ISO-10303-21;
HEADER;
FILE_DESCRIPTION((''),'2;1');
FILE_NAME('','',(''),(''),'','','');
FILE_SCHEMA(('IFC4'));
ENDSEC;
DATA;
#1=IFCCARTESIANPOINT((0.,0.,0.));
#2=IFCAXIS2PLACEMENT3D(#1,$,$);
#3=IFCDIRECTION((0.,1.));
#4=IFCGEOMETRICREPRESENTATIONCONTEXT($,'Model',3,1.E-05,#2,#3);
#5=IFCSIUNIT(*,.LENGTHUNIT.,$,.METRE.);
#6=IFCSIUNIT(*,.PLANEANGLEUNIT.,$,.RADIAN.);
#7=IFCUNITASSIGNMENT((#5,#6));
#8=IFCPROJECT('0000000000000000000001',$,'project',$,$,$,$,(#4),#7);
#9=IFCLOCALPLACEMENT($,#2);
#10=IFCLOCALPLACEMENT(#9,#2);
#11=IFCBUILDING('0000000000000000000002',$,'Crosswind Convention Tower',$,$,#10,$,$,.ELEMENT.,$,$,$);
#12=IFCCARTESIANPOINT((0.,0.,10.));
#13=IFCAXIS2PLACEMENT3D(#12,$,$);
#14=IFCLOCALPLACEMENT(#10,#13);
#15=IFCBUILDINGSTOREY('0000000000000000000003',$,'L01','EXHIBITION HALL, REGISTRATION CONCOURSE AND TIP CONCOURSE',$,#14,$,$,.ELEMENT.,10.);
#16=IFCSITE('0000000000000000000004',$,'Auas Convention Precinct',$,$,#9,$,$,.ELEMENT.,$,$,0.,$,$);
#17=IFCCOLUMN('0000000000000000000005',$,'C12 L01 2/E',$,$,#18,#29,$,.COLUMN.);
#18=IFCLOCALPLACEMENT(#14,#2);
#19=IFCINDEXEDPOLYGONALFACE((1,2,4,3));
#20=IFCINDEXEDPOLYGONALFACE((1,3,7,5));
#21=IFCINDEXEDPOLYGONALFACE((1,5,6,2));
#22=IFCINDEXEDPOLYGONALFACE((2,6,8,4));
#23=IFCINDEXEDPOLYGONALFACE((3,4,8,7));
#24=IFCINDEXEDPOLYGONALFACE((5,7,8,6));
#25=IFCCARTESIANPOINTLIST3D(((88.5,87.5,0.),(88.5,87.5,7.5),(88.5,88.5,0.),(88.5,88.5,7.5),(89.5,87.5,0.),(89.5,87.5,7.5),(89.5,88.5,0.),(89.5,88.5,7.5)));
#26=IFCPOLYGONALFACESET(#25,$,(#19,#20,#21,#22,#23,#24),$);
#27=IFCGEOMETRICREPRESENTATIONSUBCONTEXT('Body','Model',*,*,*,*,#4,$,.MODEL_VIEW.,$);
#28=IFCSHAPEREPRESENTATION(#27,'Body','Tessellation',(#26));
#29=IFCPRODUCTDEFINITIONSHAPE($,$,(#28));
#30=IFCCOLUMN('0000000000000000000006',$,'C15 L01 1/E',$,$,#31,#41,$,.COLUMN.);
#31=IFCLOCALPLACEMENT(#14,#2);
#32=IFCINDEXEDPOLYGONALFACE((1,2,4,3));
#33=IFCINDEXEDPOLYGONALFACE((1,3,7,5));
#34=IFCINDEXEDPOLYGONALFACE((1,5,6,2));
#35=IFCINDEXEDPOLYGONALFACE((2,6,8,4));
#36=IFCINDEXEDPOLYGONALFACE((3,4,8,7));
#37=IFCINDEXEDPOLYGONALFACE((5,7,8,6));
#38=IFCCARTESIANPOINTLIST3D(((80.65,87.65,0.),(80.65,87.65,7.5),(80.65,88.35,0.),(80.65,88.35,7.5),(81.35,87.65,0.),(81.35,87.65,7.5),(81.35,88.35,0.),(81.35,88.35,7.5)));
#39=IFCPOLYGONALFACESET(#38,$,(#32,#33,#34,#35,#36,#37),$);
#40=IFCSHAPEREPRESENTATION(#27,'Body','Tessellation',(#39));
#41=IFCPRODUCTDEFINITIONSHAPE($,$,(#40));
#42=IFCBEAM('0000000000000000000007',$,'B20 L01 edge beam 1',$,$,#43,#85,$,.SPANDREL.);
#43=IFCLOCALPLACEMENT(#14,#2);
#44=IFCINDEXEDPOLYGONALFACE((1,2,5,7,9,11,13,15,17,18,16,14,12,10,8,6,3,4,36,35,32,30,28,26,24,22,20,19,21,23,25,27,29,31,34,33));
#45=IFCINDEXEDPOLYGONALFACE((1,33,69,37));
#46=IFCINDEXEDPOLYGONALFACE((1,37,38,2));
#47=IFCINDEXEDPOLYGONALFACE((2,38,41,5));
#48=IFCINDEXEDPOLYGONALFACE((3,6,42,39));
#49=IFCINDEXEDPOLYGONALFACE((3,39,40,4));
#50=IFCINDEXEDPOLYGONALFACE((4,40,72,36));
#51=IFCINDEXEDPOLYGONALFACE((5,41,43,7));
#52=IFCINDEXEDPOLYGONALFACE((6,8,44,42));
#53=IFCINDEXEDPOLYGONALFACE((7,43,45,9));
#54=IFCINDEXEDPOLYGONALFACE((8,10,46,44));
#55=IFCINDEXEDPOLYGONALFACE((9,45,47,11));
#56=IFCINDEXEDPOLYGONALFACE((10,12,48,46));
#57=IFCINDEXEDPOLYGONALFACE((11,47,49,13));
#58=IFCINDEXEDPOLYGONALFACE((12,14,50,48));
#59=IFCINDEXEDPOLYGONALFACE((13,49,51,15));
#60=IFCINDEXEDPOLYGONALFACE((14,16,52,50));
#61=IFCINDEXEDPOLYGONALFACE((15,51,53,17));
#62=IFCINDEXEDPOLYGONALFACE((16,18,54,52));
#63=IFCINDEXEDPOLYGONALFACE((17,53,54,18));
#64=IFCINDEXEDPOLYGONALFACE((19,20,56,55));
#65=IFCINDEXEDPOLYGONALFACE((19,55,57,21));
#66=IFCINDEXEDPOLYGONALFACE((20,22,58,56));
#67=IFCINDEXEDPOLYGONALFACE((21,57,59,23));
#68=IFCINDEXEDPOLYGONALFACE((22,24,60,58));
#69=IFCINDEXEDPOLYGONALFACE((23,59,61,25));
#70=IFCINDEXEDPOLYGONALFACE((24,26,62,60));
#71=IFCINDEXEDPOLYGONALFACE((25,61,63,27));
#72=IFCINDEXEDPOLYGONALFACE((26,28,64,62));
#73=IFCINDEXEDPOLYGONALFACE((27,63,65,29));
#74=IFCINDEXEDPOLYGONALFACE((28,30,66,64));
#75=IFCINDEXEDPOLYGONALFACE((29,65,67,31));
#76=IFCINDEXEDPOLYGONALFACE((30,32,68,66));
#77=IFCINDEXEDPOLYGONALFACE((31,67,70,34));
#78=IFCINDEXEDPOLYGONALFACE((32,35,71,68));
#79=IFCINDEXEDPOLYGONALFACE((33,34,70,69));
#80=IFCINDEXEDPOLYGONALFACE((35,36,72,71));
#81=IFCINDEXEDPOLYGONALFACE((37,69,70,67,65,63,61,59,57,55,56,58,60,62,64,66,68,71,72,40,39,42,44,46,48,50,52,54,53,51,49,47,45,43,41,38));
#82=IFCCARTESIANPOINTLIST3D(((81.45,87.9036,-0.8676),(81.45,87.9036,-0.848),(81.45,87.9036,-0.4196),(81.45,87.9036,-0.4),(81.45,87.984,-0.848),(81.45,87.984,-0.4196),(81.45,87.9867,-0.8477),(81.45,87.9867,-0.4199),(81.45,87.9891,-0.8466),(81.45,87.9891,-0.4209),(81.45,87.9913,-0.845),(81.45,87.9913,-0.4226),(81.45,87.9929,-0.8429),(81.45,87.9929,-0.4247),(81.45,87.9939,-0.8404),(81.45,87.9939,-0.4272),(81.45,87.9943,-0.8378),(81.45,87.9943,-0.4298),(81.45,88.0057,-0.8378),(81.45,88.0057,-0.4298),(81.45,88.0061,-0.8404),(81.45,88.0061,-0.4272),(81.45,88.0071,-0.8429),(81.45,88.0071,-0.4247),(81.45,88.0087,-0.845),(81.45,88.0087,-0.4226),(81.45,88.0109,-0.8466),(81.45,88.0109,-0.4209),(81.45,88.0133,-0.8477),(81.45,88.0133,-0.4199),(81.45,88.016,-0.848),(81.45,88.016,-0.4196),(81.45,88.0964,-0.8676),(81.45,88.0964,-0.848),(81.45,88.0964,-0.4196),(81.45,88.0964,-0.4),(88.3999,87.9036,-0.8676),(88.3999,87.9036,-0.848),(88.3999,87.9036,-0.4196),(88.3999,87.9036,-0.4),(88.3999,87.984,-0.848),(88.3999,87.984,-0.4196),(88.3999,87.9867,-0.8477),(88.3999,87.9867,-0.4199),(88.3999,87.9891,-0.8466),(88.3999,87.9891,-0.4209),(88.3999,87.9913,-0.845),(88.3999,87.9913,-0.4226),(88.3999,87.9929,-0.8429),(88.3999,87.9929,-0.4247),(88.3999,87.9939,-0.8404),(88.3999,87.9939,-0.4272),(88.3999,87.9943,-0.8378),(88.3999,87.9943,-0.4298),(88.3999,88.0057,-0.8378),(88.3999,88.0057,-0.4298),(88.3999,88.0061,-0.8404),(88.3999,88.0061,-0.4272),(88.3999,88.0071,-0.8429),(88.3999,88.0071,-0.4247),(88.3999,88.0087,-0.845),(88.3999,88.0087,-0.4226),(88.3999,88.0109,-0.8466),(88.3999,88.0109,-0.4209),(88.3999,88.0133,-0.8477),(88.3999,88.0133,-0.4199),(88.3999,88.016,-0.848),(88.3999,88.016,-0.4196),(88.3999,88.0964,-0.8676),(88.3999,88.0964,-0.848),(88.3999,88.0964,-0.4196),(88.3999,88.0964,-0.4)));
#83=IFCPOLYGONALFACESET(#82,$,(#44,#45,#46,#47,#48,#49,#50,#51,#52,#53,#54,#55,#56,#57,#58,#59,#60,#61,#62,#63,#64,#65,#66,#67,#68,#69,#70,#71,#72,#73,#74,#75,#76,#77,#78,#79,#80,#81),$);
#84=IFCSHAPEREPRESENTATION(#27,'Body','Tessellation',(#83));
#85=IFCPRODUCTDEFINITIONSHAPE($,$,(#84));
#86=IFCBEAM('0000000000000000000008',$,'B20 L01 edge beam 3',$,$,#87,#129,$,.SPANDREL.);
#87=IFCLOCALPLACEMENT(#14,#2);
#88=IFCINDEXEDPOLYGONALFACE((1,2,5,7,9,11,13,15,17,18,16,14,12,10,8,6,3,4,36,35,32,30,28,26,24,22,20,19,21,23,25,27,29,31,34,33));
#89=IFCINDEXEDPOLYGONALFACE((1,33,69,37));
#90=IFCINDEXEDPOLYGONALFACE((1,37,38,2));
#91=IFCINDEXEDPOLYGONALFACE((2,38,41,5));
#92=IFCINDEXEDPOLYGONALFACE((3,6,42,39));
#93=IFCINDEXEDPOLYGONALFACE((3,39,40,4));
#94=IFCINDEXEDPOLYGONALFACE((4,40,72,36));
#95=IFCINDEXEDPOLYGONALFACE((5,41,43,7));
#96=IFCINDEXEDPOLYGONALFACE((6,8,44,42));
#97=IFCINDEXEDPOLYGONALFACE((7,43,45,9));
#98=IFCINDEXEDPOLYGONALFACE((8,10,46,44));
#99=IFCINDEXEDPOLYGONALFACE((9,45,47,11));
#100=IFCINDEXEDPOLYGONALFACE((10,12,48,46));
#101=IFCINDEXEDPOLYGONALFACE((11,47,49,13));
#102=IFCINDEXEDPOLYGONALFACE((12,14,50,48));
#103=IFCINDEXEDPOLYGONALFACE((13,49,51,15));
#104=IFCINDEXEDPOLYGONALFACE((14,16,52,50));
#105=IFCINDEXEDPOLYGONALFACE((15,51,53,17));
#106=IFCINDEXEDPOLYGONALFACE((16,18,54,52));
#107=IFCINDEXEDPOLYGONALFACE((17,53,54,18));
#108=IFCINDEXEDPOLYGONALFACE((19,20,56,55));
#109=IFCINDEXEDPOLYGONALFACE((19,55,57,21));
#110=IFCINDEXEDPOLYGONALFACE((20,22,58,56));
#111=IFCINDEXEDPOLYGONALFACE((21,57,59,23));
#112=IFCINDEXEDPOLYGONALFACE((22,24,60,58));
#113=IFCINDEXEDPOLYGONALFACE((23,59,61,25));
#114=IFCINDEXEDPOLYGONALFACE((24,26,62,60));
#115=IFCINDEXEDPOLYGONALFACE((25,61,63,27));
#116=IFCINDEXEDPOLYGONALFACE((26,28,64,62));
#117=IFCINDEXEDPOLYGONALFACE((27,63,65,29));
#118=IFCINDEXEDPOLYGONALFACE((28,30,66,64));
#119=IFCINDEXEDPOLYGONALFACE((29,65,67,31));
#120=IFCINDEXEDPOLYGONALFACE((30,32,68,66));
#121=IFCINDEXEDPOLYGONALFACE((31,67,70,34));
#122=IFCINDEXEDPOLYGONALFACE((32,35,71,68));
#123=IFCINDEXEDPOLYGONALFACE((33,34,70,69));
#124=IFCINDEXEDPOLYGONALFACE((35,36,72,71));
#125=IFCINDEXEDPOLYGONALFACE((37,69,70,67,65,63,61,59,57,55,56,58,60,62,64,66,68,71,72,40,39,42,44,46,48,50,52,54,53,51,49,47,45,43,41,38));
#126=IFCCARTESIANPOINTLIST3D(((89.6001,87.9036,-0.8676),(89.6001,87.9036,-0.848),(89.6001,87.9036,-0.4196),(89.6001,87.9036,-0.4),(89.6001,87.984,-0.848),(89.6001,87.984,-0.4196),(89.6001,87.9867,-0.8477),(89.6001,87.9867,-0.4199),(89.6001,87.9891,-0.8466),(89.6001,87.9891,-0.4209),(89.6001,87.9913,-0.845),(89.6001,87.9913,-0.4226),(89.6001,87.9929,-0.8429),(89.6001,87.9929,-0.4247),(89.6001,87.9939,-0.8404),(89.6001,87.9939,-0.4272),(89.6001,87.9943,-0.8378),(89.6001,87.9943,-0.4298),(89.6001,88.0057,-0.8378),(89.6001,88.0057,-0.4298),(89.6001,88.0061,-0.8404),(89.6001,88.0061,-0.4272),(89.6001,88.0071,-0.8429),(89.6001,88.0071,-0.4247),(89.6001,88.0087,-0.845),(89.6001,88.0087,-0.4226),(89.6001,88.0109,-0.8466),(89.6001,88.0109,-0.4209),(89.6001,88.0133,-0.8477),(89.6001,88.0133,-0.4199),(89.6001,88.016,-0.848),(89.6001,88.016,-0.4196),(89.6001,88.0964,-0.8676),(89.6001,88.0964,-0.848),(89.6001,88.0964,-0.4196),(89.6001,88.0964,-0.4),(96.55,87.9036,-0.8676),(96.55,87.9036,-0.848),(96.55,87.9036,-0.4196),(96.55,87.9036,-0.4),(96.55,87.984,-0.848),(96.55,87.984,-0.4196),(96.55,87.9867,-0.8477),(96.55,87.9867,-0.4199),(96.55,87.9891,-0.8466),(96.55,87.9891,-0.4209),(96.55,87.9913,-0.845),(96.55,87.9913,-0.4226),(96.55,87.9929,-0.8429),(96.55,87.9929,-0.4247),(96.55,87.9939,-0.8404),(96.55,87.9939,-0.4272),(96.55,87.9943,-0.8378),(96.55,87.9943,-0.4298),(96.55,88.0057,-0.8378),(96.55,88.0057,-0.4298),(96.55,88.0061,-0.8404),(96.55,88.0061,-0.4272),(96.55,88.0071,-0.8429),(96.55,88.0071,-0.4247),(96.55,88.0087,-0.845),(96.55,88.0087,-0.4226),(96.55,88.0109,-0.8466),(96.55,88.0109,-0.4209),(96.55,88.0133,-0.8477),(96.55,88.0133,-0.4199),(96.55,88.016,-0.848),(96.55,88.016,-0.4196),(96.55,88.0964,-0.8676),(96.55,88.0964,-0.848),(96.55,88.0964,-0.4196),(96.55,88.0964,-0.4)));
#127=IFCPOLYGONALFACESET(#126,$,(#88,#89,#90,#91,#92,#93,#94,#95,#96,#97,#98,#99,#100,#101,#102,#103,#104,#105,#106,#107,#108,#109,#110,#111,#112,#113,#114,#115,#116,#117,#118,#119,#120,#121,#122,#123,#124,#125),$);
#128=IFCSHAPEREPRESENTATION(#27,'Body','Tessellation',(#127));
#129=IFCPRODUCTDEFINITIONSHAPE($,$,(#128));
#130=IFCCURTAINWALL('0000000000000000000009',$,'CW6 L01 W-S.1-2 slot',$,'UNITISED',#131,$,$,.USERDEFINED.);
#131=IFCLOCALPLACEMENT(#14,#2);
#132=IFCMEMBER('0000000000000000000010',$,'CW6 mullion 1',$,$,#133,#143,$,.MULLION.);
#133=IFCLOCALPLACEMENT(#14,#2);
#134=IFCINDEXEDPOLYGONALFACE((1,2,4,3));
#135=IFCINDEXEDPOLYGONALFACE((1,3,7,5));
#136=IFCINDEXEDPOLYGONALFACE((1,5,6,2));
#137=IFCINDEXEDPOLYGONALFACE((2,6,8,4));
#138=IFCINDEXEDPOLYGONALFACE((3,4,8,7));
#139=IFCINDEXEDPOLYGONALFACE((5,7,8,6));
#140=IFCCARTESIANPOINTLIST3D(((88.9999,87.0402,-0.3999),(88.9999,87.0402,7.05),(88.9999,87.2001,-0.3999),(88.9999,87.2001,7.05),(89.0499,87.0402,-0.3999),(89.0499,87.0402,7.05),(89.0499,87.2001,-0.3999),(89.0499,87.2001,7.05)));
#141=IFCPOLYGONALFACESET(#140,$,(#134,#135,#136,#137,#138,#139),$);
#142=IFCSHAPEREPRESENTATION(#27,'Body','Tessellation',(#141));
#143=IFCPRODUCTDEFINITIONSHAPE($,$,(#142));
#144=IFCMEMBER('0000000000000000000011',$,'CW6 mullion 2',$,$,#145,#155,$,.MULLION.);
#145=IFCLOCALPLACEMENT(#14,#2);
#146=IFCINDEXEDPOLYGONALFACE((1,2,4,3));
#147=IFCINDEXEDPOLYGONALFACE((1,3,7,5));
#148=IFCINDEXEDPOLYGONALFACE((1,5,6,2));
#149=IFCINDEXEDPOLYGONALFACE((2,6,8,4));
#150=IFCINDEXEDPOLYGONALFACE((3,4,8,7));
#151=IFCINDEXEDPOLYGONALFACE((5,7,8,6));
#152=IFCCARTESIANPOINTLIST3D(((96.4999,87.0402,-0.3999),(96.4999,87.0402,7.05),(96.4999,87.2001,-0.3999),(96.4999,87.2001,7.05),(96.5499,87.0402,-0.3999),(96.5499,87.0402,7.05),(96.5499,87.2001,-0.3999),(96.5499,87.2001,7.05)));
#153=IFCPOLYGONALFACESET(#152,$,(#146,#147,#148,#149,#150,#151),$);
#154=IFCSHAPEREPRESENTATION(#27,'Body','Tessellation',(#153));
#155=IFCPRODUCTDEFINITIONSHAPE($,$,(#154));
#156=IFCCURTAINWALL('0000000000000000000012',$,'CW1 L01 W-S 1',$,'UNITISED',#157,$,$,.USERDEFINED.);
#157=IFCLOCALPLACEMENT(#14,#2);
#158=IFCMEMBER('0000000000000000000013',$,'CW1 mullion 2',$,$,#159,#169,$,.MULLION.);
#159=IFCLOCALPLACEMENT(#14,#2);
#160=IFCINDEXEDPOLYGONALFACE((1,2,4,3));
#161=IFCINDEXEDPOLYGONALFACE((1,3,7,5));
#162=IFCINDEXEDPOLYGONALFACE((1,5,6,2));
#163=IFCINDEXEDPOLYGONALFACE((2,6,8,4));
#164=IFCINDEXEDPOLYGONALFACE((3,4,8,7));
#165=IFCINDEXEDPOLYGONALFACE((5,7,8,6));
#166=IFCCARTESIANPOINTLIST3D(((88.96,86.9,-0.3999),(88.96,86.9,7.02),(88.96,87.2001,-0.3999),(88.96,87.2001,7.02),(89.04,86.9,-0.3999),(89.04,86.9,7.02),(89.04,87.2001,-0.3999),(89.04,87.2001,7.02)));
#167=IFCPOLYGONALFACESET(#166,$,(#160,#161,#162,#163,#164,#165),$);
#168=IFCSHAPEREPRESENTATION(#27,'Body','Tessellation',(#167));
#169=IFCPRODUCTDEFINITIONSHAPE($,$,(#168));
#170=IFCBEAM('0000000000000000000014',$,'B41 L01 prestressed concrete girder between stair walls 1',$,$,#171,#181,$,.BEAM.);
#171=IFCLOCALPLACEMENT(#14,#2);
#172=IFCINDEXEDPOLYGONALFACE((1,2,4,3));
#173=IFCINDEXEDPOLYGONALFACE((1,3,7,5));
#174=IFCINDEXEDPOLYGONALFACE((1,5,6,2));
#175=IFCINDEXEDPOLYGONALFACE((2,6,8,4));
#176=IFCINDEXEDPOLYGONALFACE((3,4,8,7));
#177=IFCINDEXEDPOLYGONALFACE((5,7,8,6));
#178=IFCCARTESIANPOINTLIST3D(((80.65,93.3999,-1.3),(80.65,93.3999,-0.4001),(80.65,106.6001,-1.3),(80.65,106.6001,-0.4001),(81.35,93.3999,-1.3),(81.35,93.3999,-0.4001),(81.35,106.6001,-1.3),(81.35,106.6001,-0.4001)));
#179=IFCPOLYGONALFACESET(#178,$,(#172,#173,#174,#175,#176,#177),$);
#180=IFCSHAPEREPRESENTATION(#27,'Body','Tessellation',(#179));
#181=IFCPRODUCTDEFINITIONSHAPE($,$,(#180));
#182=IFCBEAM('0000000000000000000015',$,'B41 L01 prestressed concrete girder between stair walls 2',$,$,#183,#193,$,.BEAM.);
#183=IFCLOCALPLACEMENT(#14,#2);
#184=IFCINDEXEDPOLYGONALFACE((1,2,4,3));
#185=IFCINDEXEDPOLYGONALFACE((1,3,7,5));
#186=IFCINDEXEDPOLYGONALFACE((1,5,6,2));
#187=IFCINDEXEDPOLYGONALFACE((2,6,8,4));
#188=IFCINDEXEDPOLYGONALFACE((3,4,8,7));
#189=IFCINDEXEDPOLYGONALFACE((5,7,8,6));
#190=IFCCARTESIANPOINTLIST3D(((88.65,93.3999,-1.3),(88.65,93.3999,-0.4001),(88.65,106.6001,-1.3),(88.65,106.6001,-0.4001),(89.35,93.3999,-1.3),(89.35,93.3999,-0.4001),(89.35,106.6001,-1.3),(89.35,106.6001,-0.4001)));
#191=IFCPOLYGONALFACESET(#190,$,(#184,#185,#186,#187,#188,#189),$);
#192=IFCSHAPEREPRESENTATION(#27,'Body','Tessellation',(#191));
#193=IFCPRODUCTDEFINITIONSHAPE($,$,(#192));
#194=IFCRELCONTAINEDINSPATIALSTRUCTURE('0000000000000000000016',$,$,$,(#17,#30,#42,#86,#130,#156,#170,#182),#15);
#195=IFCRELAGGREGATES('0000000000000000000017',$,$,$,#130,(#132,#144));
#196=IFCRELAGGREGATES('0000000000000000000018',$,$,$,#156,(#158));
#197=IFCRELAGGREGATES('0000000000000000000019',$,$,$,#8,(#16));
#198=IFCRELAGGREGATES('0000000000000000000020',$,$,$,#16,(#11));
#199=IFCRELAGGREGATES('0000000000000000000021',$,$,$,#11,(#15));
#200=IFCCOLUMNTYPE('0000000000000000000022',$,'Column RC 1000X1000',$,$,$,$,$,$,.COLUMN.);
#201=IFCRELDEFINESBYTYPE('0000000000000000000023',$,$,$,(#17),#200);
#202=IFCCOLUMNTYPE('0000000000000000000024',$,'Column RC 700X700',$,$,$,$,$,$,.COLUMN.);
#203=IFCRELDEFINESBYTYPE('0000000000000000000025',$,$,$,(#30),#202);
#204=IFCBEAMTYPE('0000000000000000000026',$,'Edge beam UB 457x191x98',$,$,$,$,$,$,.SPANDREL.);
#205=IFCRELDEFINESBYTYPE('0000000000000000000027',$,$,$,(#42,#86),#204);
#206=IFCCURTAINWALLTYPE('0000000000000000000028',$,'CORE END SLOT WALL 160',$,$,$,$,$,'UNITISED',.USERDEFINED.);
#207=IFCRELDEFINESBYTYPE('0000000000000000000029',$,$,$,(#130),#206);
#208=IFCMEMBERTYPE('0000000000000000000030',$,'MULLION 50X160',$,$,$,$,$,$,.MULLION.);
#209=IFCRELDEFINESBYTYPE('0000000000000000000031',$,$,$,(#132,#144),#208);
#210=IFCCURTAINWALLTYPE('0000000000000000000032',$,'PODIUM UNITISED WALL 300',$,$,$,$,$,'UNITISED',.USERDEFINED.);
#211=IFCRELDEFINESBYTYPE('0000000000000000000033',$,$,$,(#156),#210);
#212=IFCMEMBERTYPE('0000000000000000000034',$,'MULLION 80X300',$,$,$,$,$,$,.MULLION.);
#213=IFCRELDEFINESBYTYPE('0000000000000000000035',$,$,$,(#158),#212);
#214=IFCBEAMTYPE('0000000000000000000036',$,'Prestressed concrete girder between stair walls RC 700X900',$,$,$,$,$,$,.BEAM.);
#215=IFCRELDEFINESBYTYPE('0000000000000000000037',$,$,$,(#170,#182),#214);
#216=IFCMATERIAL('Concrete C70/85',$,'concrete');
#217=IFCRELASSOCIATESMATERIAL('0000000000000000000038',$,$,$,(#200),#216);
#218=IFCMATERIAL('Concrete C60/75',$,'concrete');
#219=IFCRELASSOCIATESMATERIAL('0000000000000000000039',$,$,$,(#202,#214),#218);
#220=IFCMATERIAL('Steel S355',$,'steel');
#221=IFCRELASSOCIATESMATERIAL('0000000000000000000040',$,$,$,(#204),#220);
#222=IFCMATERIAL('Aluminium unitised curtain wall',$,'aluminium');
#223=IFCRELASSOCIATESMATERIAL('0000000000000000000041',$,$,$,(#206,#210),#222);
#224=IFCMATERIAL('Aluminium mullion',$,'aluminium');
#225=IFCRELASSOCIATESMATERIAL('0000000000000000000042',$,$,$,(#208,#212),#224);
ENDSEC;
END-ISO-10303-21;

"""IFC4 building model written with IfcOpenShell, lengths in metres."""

from ifc_helpers import new_model, si_unit, direction, frame, origin, origin_2d, place, context, subcontext, project, spatial, rectangle, i_section, extrude, material, material_profile, profile_set, type_object, element, aggregate, save


model = new_model("IFC4")

# Units and contexts
model_context = context("Model", 3, precision=1e-05, world=origin(), true_north=direction((0.0, 1.0)))
body_context = subcontext(model_context, "Body", "Model", "MODEL_VIEW")
ifc_project = project(units=[si_unit("LENGTHUNIT", "METRE"), si_unit("PLANEANGLEUNIT", "RADIAN")], contexts=[model_context])

# Site, building, storey
site_placement = place(None, origin())
site = spatial("IfcSite", under=ifc_project, at=site_placement, Name="Auas Convention Precinct", CompositionType="ELEMENT", RefElevation=0.0)
building_placement = place(site_placement, origin())
building = spatial("IfcBuilding", under=site, at=building_placement, Name="Crosswind Convention Tower", CompositionType="ELEMENT")
storey_placement = place(building_placement, frame((0.0, 0.0, 10.0)))
storey = spatial("IfcBuildingStorey", under=building, at=storey_placement, Name="L01", Description="EXHIBITION HALL, REGISTRATION CONCOURSE AND TIP CONCOURSE", CompositionType="ELEMENT", Elevation=10.0)

# Columns
ifc_material_1 = material(Name="Concrete C70/85", Category="concrete")
ifc_material_profile_1 = material_profile(ifc_material_1, rectangle(XDim=1.0, YDim=1.0, at=origin_2d()), Name="RC 1000X1000")
ifc_profile_set_1 = profile_set([ifc_material_profile_1], Name="Concrete C70/85")
column_type_1 = type_object("IfcColumnType", Name="Column RC 1000X1000", PredefinedType="COLUMN", material=ifc_profile_set_1)
column_1_placement = place(storey_placement, frame((89.0, 88.0, 0.0), z_axis=(0.0, 0.0, 1.0), x_axis=(1.0, 0.0, 0.0)))
element("IfcColumn", 1, at=column_1_placement, inside=storey, type_object=column_type_1, Name="C12 L01 2/E", PredefinedType="COLUMN", context=body_context, shape_type="SweptSolid", body=[
    extrude(rectangle(XDim=1.0, YDim=1.0, at=origin_2d()), origin(), (0.0, 0.0, 1.0), 7.5),
])
ifc_material_2 = material(Name="Concrete C60/75", Category="concrete")
ifc_material_profile_2 = material_profile(ifc_material_2, rectangle(XDim=0.7, YDim=0.7, at=origin_2d()), Name="RC 700X700")
ifc_profile_set_2 = profile_set([ifc_material_profile_2], Name="Concrete C60/75")
column_type_2 = type_object("IfcColumnType", Name="Column RC 700X700", PredefinedType="COLUMN", material=ifc_profile_set_2)
column_2_placement = place(storey_placement, frame((81.0, 88.0, 0.0), z_axis=(0.0, 0.0, 1.0), x_axis=(1.0, 0.0, 0.0)))
element("IfcColumn", 2, at=column_2_placement, inside=storey, type_object=column_type_2, Name="C15 L01 1/E", PredefinedType="COLUMN", context=body_context, shape_type="SweptSolid", body=[
    extrude(rectangle(XDim=0.7, YDim=0.7, at=origin_2d()), origin(), (0.0, 0.0, 1.0), 7.5),
])

# Beams
ifc_material_3 = material(Name="Steel S355", Category="steel")
ifc_material_profile_3 = material_profile(ifc_material_3, i_section(OverallWidth=0.1929, OverallDepth=0.4675, WebThickness=0.0115, FlangeThickness=0.0195, FilletRadius=0.0103, at=origin_2d()), Name="UB 457x191x98")
ifc_profile_set_3 = profile_set([ifc_material_profile_3], Name="Steel S355")
beam_type_1 = type_object("IfcBeamType", Name="Edge beam UB 457x191x98", PredefinedType="SPANDREL", material=ifc_profile_set_3)
for number, where, z_axis, x_axis, name in (
    (3, (81.45, 88.0, -0.6338), (1.0, 0.0, 0.0), (0.0, 1.0, 0.0), "B20 L01 edge beam 1"),
    (4, (89.6001, 88.0, -0.6338), (1.0, 0.0, 0.0), (0.0, 1.0, 0.0), "B20 L01 edge beam 3"),
):
    element("IfcBeam", number, at=place(storey_placement, frame(where, z_axis=z_axis, x_axis=x_axis)), inside=storey, type_object=beam_type_1, Name=name, PredefinedType="SPANDREL", context=body_context, shape_type="SweptSolid", body=[
        extrude(i_section(OverallWidth=0.1929, OverallDepth=0.4675, WebThickness=0.0115, FlangeThickness=0.0195, FilletRadius=0.0103, at=origin_2d()), origin(), (0.0, 0.0, 1.0), 6.95),
    ])

# Curtain wall, members
ifc_material_4 = material(Name="Aluminium unitised curtain wall", Category="aluminium")
curtain_wall_type_1 = type_object("IfcCurtainWallType", Name="CORE END SLOT WALL 160", ElementType="UNITISED", PredefinedType="USERDEFINED", material=ifc_material_4)
curtain_wall_1_placement = place(storey_placement, origin())
curtain_wall_1 = element("IfcCurtainWall", 5, at=curtain_wall_1_placement, inside=storey, type_object=curtain_wall_type_1, Name="CW6 L01 W-S.1-2 slot", ObjectType="UNITISED", PredefinedType="USERDEFINED")
ifc_material_5 = material(Name="Aluminium mullion", Category="aluminium")
ifc_material_profile_4 = material_profile(ifc_material_5, rectangle(XDim=0.1599, YDim=0.05, at=origin_2d()), Name="AL 160X50")
ifc_profile_set_4 = profile_set([ifc_material_profile_4], Name="Aluminium mullion")
member_type_1 = type_object("IfcMemberType", Name="MULLION 50X160", PredefinedType="MULLION", material=ifc_profile_set_4)
member_1_placement = place(storey_placement, frame((89.0249, 87.1201, -0.3999), z_axis=(0.0, 0.0, 1.0), x_axis=(0.0, -1.0, 0.0)))
member_1 = element("IfcMember", 6, at=member_1_placement, type_object=member_type_1, Name="CW6 mullion 1", PredefinedType="MULLION", context=body_context, shape_type="SweptSolid", body=[
    extrude(rectangle(XDim=0.1599, YDim=0.05, at=origin_2d()), origin(), (0.0, 0.0, 1.0), 7.45),
])
member_2_placement = place(storey_placement, frame((96.5249, 87.1201, -0.3999), z_axis=(0.0, 0.0, 1.0), x_axis=(0.0, -1.0, 0.0)))
member_2 = element("IfcMember", 7, at=member_2_placement, type_object=member_type_1, Name="CW6 mullion 2", PredefinedType="MULLION", context=body_context, shape_type="SweptSolid", body=[
    extrude(rectangle(XDim=0.1599, YDim=0.05, at=origin_2d()), origin(), (0.0, 0.0, 1.0), 7.45),
])

# Curtain wall, member
curtain_wall_type_2 = type_object("IfcCurtainWallType", Name="PODIUM UNITISED WALL 300", ElementType="UNITISED", PredefinedType="USERDEFINED", material=ifc_material_4)
curtain_wall_2_placement = place(storey_placement, origin())
curtain_wall_2 = element("IfcCurtainWall", 8, at=curtain_wall_2_placement, inside=storey, type_object=curtain_wall_type_2, Name="CW1 L01 W-S 1", ObjectType="UNITISED", PredefinedType="USERDEFINED")
ifc_material_profile_5 = material_profile(ifc_material_5, rectangle(XDim=0.3, YDim=0.0801, at=origin_2d()), Name="AL 300X80")
ifc_profile_set_5 = profile_set([ifc_material_profile_5], Name="Aluminium mullion")
member_type_2 = type_object("IfcMemberType", Name="MULLION 80X300", PredefinedType="MULLION", material=ifc_profile_set_5)
member_3_placement = place(storey_placement, frame((89.0, 87.05, -0.3999), z_axis=(0.0, 0.0, 1.0), x_axis=(0.0, -1.0, 0.0)))
member_3 = element("IfcMember", 9, at=member_3_placement, type_object=member_type_2, Name="CW1 mullion 2", PredefinedType="MULLION", context=body_context, shape_type="SweptSolid", body=[
    extrude(rectangle(XDim=0.3, YDim=0.0801, at=origin_2d()), origin(), (0.0, 0.0, 1.0), 7.4199),
])

# Beams
ifc_material_profile_6 = material_profile(ifc_material_2, rectangle(XDim=0.7, YDim=0.8999, at=origin_2d()), Name="RC 700X900")
ifc_profile_set_6 = profile_set([ifc_material_profile_6], Name="Concrete C60/75")
beam_type_2 = type_object("IfcBeamType", Name="Prestressed concrete girder between stair walls RC 700X900", PredefinedType="BEAM", material=ifc_profile_set_6)
for number, where, z_axis, x_axis, name in (
    (10, (81.0, 93.3999, -0.8501), (0.0, 1.0, 0.0), (-1.0, 0.0, 0.0), "B41 L01 prestressed concrete girder between stair walls 1"),
    (11, (89.0, 93.3999, -0.8501), (0.0, 1.0, 0.0), (-1.0, 0.0, 0.0), "B41 L01 prestressed concrete girder between stair walls 2"),
):
    element("IfcBeam", number, at=place(storey_placement, frame(where, z_axis=z_axis, x_axis=x_axis)), inside=storey, type_object=beam_type_2, Name=name, PredefinedType="BEAM", context=body_context, shape_type="SweptSolid", body=[
        extrude(rectangle(XDim=0.7, YDim=0.8999, at=origin_2d()), origin(), (0.0, 0.0, 1.0), 13.2002),
    ])

aggregate(curtain_wall_1, [member_1, member_2])
aggregate(curtain_wall_2, [member_3])

save(model, "model.ifc")
